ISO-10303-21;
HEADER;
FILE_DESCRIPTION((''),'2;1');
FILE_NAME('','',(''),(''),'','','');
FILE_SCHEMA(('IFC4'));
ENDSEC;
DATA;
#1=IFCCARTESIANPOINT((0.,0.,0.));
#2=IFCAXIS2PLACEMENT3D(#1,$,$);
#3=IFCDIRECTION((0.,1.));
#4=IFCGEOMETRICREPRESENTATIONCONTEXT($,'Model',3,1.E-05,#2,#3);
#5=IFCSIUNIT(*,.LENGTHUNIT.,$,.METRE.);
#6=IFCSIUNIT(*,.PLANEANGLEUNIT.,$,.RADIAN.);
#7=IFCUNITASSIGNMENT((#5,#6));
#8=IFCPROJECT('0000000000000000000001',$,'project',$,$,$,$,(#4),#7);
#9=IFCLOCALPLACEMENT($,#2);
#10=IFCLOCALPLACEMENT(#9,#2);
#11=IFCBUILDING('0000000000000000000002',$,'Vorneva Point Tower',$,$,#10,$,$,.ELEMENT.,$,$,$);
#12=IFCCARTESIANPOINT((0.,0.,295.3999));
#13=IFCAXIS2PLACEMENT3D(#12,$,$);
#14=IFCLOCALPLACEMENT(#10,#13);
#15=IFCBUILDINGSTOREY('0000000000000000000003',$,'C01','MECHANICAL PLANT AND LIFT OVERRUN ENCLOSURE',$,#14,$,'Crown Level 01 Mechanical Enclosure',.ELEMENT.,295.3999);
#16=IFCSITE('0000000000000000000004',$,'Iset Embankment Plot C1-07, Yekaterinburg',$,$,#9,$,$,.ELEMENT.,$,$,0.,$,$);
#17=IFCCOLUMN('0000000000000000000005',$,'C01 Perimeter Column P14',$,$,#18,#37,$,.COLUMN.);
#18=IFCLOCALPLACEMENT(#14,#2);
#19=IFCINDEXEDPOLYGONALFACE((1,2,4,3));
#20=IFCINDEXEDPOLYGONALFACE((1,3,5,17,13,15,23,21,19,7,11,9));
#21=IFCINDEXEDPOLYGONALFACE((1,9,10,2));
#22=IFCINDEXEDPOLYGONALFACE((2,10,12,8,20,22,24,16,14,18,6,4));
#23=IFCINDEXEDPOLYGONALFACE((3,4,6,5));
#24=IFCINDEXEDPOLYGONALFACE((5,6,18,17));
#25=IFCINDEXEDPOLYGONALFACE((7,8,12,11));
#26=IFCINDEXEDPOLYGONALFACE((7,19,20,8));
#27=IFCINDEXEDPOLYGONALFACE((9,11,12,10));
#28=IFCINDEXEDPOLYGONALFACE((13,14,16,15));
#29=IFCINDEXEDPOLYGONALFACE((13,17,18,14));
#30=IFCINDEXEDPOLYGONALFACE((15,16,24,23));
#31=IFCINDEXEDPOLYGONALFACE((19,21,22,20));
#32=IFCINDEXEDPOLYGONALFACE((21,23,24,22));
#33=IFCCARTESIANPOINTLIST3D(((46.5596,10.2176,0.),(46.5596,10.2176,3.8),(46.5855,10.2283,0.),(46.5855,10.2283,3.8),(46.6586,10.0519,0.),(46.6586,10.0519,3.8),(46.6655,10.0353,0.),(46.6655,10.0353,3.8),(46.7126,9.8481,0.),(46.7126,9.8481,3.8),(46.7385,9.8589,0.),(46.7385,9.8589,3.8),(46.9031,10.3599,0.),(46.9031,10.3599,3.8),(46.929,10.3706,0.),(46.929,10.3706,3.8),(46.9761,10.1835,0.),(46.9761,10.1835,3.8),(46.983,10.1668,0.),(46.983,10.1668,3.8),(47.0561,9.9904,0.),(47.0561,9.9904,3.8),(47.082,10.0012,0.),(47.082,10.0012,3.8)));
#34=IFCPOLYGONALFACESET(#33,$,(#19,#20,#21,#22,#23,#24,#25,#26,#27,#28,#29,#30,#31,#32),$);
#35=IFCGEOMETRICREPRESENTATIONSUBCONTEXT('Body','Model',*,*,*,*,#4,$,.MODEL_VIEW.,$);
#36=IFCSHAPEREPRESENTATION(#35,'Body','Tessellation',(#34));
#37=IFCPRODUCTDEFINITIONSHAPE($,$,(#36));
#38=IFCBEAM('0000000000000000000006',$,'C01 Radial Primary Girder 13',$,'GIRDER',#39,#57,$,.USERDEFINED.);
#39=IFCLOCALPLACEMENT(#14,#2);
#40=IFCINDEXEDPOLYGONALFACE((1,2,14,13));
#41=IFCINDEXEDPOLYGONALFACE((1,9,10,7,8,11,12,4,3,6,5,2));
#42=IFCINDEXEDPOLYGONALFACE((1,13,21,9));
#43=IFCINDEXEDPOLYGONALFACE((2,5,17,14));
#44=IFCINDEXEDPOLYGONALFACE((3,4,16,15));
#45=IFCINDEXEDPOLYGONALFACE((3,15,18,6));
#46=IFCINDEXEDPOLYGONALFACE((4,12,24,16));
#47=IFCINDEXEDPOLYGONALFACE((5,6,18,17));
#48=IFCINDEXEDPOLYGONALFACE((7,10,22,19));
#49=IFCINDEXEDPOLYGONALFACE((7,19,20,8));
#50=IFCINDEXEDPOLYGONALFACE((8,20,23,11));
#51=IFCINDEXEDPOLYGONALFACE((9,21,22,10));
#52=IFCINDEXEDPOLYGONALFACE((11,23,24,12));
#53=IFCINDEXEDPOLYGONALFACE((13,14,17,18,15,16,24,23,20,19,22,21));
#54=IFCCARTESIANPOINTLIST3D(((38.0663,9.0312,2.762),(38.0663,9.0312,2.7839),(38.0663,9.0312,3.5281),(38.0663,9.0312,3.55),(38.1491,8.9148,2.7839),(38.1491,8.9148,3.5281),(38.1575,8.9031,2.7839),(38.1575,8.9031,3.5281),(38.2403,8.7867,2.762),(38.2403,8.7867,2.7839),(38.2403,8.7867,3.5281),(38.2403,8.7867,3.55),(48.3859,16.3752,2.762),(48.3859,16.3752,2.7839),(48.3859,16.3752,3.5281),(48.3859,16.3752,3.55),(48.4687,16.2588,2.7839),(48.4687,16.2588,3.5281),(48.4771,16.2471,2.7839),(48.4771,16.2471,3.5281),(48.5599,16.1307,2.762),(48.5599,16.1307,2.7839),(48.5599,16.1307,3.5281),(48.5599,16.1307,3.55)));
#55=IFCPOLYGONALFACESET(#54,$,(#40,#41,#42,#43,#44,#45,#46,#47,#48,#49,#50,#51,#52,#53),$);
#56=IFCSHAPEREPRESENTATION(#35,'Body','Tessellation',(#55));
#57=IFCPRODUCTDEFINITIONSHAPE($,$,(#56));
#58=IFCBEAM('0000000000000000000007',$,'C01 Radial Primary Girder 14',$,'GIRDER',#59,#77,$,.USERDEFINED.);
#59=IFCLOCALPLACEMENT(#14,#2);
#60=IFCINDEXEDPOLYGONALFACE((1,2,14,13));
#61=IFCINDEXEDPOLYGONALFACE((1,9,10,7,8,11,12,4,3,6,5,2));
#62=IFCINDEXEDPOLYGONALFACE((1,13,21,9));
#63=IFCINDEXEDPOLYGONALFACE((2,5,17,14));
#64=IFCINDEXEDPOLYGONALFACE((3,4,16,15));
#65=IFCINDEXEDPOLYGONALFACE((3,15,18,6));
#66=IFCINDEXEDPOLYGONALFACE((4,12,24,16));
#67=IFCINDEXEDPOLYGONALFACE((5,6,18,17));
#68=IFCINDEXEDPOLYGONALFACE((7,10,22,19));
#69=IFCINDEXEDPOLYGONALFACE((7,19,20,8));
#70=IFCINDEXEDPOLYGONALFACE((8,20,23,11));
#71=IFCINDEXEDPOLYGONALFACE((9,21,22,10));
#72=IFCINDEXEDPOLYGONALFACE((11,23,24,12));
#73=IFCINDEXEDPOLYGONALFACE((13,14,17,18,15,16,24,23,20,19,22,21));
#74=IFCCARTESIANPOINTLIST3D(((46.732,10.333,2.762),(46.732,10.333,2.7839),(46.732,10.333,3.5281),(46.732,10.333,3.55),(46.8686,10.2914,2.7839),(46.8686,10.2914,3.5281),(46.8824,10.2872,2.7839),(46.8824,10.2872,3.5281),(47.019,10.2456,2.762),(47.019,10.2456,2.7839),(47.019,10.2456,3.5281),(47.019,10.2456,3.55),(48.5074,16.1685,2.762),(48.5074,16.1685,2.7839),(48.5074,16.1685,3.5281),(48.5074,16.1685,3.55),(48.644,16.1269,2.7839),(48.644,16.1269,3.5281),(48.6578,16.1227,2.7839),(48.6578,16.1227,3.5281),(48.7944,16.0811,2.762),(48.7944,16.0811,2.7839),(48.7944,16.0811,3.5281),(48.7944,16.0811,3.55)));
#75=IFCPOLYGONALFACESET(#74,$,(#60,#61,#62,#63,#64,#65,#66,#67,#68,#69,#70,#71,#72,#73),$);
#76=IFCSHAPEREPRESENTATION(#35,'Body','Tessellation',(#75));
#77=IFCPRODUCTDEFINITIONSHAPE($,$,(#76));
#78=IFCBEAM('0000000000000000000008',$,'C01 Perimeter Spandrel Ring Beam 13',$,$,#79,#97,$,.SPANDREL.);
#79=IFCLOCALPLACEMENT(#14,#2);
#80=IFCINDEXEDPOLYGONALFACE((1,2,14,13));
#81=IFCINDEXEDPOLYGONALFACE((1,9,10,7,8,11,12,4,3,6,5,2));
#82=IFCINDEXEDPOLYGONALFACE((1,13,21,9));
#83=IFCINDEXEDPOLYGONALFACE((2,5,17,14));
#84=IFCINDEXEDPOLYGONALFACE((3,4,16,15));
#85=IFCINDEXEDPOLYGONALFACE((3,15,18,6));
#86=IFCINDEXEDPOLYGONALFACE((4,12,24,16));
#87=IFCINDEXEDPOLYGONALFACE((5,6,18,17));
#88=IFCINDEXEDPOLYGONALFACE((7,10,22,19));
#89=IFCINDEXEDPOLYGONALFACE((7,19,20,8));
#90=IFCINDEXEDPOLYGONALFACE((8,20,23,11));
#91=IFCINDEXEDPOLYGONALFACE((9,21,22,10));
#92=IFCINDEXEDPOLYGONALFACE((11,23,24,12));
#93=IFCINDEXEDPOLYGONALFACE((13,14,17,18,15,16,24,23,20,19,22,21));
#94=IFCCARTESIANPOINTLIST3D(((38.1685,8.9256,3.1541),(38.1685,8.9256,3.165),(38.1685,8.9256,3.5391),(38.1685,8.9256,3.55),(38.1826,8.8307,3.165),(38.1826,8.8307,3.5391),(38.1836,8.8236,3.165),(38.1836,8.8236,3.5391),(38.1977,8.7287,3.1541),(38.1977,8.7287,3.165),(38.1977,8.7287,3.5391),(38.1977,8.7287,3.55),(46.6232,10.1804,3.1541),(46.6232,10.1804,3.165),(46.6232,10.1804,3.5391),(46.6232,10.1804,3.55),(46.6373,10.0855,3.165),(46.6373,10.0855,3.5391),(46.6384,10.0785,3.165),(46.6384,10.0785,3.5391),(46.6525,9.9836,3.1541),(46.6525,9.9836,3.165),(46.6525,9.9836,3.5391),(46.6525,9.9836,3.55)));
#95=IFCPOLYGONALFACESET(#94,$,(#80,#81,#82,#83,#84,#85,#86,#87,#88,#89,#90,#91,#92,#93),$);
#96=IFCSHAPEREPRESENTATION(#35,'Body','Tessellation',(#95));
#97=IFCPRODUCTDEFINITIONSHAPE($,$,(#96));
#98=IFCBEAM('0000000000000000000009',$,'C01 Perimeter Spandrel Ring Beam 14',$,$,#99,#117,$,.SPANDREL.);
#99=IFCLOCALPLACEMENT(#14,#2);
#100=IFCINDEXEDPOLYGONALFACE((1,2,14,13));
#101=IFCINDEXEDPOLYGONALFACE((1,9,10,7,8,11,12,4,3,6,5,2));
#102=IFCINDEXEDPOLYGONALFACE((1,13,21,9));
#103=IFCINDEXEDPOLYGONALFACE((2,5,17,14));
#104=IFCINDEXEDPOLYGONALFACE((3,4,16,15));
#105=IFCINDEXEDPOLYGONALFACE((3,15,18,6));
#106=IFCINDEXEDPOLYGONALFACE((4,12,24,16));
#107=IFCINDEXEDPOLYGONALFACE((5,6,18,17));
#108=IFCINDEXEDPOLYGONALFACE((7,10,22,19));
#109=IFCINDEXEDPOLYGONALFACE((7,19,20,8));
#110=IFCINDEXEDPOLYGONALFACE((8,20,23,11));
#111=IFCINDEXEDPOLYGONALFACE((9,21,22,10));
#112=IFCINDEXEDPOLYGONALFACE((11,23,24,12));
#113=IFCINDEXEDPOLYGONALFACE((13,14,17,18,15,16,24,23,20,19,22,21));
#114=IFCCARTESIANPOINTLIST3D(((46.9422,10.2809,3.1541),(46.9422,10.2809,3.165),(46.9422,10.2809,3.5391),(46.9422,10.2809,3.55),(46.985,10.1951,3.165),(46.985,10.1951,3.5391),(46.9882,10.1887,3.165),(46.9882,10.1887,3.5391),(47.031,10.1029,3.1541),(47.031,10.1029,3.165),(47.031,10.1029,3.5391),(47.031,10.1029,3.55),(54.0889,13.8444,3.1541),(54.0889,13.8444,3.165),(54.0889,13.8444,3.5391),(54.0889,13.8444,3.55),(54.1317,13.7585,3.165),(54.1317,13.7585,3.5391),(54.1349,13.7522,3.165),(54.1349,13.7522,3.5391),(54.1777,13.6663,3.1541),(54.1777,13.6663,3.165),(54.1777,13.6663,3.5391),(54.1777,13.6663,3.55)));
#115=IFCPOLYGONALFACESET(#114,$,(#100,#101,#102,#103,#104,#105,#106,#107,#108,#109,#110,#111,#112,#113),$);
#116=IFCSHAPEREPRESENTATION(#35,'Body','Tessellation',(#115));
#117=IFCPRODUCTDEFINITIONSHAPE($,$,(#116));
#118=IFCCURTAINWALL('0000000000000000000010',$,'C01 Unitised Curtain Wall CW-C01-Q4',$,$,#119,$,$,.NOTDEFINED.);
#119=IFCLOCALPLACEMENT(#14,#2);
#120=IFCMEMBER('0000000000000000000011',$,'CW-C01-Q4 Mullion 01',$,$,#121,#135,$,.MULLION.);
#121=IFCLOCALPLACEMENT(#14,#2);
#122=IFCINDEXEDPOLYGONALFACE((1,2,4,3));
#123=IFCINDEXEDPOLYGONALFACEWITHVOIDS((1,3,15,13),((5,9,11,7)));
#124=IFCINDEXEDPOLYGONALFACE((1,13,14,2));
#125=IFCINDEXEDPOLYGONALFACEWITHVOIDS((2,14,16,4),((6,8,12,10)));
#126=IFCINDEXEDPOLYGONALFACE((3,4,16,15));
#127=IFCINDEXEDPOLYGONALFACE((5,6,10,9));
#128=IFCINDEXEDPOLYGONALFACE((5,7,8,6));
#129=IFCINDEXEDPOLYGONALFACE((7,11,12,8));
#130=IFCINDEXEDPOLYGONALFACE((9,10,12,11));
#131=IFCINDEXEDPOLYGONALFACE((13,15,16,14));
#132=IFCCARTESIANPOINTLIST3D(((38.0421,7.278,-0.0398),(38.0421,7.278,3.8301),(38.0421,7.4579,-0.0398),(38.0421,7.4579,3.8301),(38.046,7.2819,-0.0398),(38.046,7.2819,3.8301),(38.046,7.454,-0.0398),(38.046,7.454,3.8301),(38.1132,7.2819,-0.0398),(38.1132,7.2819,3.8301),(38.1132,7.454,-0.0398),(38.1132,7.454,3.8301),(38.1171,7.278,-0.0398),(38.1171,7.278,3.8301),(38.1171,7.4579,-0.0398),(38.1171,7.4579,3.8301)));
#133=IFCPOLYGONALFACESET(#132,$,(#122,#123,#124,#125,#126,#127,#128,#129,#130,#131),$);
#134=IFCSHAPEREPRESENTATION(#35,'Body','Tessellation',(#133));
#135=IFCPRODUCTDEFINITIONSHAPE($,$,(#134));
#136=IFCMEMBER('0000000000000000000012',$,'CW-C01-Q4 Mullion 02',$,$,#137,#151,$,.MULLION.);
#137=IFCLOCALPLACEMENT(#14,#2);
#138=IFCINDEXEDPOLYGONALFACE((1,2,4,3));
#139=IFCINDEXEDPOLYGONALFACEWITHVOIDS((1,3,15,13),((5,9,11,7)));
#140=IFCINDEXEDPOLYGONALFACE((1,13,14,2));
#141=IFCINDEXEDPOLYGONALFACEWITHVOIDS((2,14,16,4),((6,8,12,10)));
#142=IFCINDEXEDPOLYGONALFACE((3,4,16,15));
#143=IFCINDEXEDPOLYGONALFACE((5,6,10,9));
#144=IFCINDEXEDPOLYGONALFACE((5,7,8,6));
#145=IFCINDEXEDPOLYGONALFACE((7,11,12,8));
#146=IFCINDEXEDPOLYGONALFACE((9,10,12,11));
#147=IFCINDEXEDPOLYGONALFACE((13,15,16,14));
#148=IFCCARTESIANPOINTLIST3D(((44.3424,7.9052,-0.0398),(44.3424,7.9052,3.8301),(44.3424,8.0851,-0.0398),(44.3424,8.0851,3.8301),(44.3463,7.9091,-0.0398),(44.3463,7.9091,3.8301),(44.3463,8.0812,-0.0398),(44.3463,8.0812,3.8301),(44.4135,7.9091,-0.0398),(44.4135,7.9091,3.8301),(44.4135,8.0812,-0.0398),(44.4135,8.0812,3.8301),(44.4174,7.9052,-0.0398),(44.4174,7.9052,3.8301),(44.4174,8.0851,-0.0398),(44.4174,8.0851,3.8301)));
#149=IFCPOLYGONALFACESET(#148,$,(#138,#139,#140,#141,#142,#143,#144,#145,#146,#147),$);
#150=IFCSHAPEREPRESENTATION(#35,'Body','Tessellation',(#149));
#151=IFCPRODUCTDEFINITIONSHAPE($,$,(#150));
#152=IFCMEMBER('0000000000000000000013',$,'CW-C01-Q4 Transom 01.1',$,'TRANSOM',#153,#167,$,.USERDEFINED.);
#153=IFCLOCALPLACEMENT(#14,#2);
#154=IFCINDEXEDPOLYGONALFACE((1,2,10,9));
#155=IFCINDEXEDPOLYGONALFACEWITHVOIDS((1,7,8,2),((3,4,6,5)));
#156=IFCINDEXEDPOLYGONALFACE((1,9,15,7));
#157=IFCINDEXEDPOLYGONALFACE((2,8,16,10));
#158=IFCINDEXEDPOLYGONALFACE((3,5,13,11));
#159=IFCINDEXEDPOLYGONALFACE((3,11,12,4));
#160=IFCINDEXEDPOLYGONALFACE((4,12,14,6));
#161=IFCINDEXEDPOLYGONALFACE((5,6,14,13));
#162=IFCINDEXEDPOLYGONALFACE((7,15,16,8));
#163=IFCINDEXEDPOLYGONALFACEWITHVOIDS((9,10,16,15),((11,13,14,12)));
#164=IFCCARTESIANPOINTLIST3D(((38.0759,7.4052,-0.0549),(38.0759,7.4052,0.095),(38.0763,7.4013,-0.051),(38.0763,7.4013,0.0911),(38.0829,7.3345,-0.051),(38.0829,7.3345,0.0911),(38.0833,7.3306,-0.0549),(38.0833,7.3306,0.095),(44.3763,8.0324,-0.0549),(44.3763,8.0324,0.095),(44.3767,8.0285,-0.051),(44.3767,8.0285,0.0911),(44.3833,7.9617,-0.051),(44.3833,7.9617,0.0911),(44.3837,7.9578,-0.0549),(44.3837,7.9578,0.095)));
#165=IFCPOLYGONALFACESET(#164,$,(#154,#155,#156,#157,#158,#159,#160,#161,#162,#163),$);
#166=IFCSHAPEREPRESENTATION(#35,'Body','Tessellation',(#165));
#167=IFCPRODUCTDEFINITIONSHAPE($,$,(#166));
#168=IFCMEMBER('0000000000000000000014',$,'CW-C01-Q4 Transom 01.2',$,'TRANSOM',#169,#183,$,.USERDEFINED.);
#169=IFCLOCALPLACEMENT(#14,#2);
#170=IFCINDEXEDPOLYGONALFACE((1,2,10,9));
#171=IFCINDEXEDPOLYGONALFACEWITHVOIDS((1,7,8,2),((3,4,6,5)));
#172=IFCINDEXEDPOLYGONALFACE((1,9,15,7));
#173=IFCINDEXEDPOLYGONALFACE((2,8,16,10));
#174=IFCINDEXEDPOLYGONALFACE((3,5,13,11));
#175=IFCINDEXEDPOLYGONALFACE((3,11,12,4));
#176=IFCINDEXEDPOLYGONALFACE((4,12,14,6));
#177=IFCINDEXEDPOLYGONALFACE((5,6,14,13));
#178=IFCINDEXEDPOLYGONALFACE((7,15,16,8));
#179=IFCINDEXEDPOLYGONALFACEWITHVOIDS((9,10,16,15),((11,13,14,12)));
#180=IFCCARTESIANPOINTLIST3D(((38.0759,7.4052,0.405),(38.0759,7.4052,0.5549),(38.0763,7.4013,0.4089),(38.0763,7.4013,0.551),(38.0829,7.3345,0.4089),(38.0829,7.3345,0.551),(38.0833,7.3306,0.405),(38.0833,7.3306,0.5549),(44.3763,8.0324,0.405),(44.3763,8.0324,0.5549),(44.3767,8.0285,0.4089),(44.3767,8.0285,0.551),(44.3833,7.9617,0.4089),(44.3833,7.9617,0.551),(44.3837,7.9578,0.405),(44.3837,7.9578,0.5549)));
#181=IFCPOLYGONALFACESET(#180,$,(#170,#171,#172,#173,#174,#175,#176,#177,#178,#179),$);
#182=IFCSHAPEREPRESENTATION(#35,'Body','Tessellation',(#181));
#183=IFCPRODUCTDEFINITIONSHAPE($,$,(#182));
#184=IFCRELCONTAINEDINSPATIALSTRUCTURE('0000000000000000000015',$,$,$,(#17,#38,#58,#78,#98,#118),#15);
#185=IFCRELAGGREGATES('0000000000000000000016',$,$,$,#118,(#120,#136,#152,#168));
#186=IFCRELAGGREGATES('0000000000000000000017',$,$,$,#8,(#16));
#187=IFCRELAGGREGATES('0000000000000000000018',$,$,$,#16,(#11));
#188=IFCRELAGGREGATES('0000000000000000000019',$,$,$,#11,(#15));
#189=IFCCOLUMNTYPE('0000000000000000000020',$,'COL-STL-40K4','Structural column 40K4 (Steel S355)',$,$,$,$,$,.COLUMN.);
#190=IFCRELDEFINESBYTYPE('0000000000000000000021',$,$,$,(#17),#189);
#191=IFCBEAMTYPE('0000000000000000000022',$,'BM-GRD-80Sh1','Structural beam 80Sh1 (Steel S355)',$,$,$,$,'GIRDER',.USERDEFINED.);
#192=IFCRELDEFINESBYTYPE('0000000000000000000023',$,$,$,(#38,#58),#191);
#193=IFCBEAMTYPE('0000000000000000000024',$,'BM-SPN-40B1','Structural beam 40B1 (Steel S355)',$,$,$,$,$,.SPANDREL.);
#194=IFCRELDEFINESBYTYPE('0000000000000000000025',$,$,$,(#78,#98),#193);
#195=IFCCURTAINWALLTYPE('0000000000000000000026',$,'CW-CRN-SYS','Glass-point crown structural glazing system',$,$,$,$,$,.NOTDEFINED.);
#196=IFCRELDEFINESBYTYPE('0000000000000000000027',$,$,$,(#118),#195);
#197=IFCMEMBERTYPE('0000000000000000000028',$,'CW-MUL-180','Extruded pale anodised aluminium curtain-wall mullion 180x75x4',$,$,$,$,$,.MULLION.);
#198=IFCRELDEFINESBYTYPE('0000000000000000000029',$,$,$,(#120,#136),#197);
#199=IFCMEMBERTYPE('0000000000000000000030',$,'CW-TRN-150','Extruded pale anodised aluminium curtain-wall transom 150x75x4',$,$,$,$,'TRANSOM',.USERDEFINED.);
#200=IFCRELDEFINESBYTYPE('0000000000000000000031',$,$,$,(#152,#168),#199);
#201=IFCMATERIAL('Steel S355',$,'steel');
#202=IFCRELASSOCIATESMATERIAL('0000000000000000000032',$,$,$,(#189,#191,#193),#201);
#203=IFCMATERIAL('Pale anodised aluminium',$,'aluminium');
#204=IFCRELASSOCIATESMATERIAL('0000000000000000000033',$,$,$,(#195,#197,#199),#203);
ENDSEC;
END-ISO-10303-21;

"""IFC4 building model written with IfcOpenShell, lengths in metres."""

from ifc_helpers import new_model, si_unit, direction, frame, origin, origin_2d, place, context, subcontext, project, spatial, hollow_rectangle, i_section, extrude, material, material_profile, profile_set, type_object, element, aggregate, save


model = new_model("IFC4")

# Units and contexts
model_context = context("Model", 3, precision=1e-05, world=origin(), true_north=direction((0.0, 1.0)))
body_context = subcontext(model_context, "Body", "Model", "MODEL_VIEW")
ifc_project = project(units=[si_unit("LENGTHUNIT", "METRE"), si_unit("PLANEANGLEUNIT", "RADIAN")], contexts=[model_context])

# Site, building, storey
site_placement = place(None, origin())
site = spatial("IfcSite", under=ifc_project, at=site_placement, Name="Iset Embankment Plot C1-07, Yekaterinburg", CompositionType="ELEMENT", RefElevation=0.0)
building_placement = place(site_placement, origin())
building = spatial("IfcBuilding", under=site, at=building_placement, Name="Vorneva Point Tower", CompositionType="ELEMENT")
storey_placement = place(building_placement, frame((0.0, 0.0, 295.3999)))
storey = spatial("IfcBuildingStorey", under=building, at=storey_placement, Name="C01", Description="MECHANICAL PLANT AND LIFT OVERRUN ENCLOSURE", LongName="Crown Level 01 Mechanical Enclosure", CompositionType="ELEMENT", Elevation=295.3999)

# Column
ifc_material_1 = material(Name="Steel S355", Category="steel")
ifc_material_profile_1 = material_profile(ifc_material_1, i_section(OverallWidth=0.3999, OverallDepth=0.3999, WebThickness=0.0181, FlangeThickness=0.0281, at=origin_2d()), Name="40K4")
ifc_profile_set_1 = profile_set([ifc_material_profile_1], Name="Steel S355")
column_type = type_object("IfcColumnType", Name="COL-STL-40K4", Description="Structural column 40K4 (Steel S355)", PredefinedType="COLUMN", material=ifc_profile_set_1)
column_placement = place(storey_placement, frame((46.8208, 10.1094, 0.0), z_axis=(0.0, 0.0, 1.0), x_axis=(0.382683, -0.92388, 0.0)))
element("IfcColumn", 1, at=column_placement, inside=storey, type_object=column_type, Name="C01 Perimeter Column P14", PredefinedType="COLUMN", context=body_context, shape_type="SweptSolid", body=[
    extrude(i_section(OverallWidth=0.3999, OverallDepth=0.3999, WebThickness=0.0181, FlangeThickness=0.0281, at=origin_2d()), origin(), (0.0, 0.0, 1.0), 3.8),
])

# Beams
ifc_material_profile_2 = material_profile(ifc_material_1, i_section(OverallWidth=0.3, OverallDepth=0.7881, WebThickness=0.0144, FlangeThickness=0.022, at=origin_2d()), Name="80Sh1")
ifc_profile_set_2 = profile_set([ifc_material_profile_2], Name="Steel S355")
beam_type_1 = type_object("IfcBeamType", Name="BM-GRD-80Sh1", Description="Structural beam 80Sh1 (Steel S355)", ElementType="GIRDER", PredefinedType="USERDEFINED", material=ifc_profile_set_2)
beam_1_placement = place(storey_placement, frame((38.1533, 8.9089, 3.156), z_axis=(0.814745, 0.579819, 0.0), x_axis=(-0.579819, 0.814745, 0.0)))
element("IfcBeam", 2, at=beam_1_placement, inside=storey, type_object=beam_type_1, Name="C01 Radial Primary Girder 13", ObjectType="GIRDER", PredefinedType="USERDEFINED", context=body_context, shape_type="SweptSolid", body=[
    extrude(i_section(OverallWidth=0.3, OverallDepth=0.7881, WebThickness=0.0144, FlangeThickness=0.022, at=origin_2d()), origin(), (0.0, 0.0, 1.0), 12.666),
])
beam_2_placement = place(storey_placement, frame((46.8755, 10.2893, 3.156), z_axis=(0.291069, 0.956702, 0.0), x_axis=(-0.956702, 0.291069, 0.0)))
element("IfcBeam", 3, at=beam_2_placement, inside=storey, type_object=beam_type_1, Name="C01 Radial Primary Girder 14", ObjectType="GIRDER", PredefinedType="USERDEFINED", context=body_context, shape_type="SweptSolid", body=[
    extrude(i_section(OverallWidth=0.3, OverallDepth=0.7881, WebThickness=0.0144, FlangeThickness=0.022, at=origin_2d()), origin(), (0.0, 0.0, 1.0), 6.0996),
])
ifc_material_profile_3 = material_profile(ifc_material_1, i_section(OverallWidth=0.199, OverallDepth=0.396, WebThickness=0.0071, FlangeThickness=0.011, at=origin_2d()), Name="40B1")
ifc_profile_set_3 = profile_set([ifc_material_profile_3], Name="Steel S355")
beam_type_2 = type_object("IfcBeamType", Name="BM-SPN-40B1", Description="Structural beam 40B1 (Steel S355)", PredefinedType="SPANDREL", material=ifc_profile_set_3)
beam_3_placement = place(storey_placement, frame((38.1831, 8.8271, 3.3521), z_axis=(0.989164, 0.146814, 0.0), x_axis=(-0.146814, 0.989164, 0.0)))
element("IfcBeam", 4, at=beam_3_placement, inside=storey, type_object=beam_type_2, Name="C01 Perimeter Spandrel Ring Beam 13", PredefinedType="SPANDREL", context=body_context, shape_type="SweptSolid", body=[
    extrude(i_section(OverallWidth=0.199, OverallDepth=0.396, WebThickness=0.0071, FlangeThickness=0.011, at=origin_2d()), origin(), (0.0, 0.0, 1.0), 8.5474),
])
beam_4_placement = place(storey_placement, frame((46.9866, 10.1919, 3.3521), z_axis=(0.894922, 0.446223, 0.0), x_axis=(-0.446223, 0.894922, 0.0)))
element("IfcBeam", 5, at=beam_4_placement, inside=storey, type_object=beam_type_2, Name="C01 Perimeter Spandrel Ring Beam 14", PredefinedType="SPANDREL", context=body_context, shape_type="SweptSolid", body=[
    extrude(i_section(OverallWidth=0.199, OverallDepth=0.396, WebThickness=0.0071, FlangeThickness=0.011, at=origin_2d()), origin(), (0.0, 0.0, 1.0), 7.9858),
])

# Curtain wall, members
ifc_material_2 = material(Name="Pale anodised aluminium", Category="aluminium")
curtain_wall_type = type_object("IfcCurtainWallType", Name="CW-CRN-SYS", Description="Glass-point crown structural glazing system", PredefinedType="NOTDEFINED", material=ifc_material_2)
curtain_wall_placement = place(storey_placement, origin())
curtain_wall = element("IfcCurtainWall", 6, at=curtain_wall_placement, inside=storey, type_object=curtain_wall_type, Name="C01 Unitised Curtain Wall CW-C01-Q4", PredefinedType="NOTDEFINED")
ifc_material_profile_4 = material_profile(ifc_material_2, hollow_rectangle(XDim=0.075, YDim=0.1799, WallThickness=0.0039, at=origin_2d()), Name="AL-MUL 180x75x4")
ifc_profile_set_4 = profile_set([ifc_material_profile_4], Name="Pale anodised aluminium")
member_type_1 = type_object("IfcMemberType", Name="CW-MUL-180", Description="Extruded pale anodised aluminium curtain-wall mullion 180x75x4", PredefinedType="MULLION", material=ifc_profile_set_4)
member_1_placement = place(storey_placement, frame((38.0796, 7.3679, -0.0398), z_axis=(0.0, 0.0, 1.0), x_axis=(1.0, 0.0, 0.0)))
member_1 = element("IfcMember", 7, at=member_1_placement, type_object=member_type_1, Name="CW-C01-Q4 Mullion 01", PredefinedType="MULLION", context=body_context, shape_type="SweptSolid", body=[
    extrude(hollow_rectangle(XDim=0.075, YDim=0.1799, WallThickness=0.0039, at=origin_2d()), origin(), (0.0, 0.0, 1.0), 3.8699),
])
member_2_placement = place(storey_placement, frame((44.3799, 7.9951, -0.0398), z_axis=(0.0, 0.0, 1.0), x_axis=(1.0, 0.0, 0.0)))
member_2 = element("IfcMember", 8, at=member_2_placement, type_object=member_type_1, Name="CW-C01-Q4 Mullion 02", PredefinedType="MULLION", context=body_context, shape_type="SweptSolid", body=[
    extrude(hollow_rectangle(XDim=0.075, YDim=0.1799, WallThickness=0.0039, at=origin_2d()), origin(), (0.0, 0.0, 1.0), 3.8699),
])
ifc_material_profile_5 = material_profile(ifc_material_2, hollow_rectangle(XDim=0.075, YDim=0.1499, WallThickness=0.0039, at=origin_2d()), Name="AL-TRN 150x75x4")
ifc_profile_set_5 = profile_set([ifc_material_profile_5], Name="Pale anodised aluminium")
member_type_2 = type_object("IfcMemberType", Name="CW-TRN-150", Description="Extruded pale anodised aluminium curtain-wall transom 150x75x4", ElementType="TRANSOM", PredefinedType="USERDEFINED", material=ifc_profile_set_5)
member_3_placement = place(storey_placement, frame((38.0796, 7.3679, 0.02), z_axis=(0.995081, 0.099061, 0.0), x_axis=(-0.099061, 0.995081, 0.0)))
member_3 = element("IfcMember", 9, at=member_3_placement, type_object=member_type_2, Name="CW-C01-Q4 Transom 01.1", ObjectType="TRANSOM", PredefinedType="USERDEFINED", context=body_context, shape_type="SweptSolid", body=[
    extrude(hollow_rectangle(XDim=0.075, YDim=0.1499, WallThickness=0.0039, at=origin_2d()), origin(), (0.0, 0.0, 1.0), 6.3315),
])
member_4_placement = place(storey_placement, frame((38.0796, 7.3679, 0.48), z_axis=(0.995081, 0.099061, 0.0), x_axis=(-0.099061, 0.995081, 0.0)))
member_4 = element("IfcMember", 10, at=member_4_placement, type_object=member_type_2, Name="CW-C01-Q4 Transom 01.2", ObjectType="TRANSOM", PredefinedType="USERDEFINED", context=body_context, shape_type="SweptSolid", body=[
    extrude(hollow_rectangle(XDim=0.075, YDim=0.1499, WallThickness=0.0039, at=origin_2d()), origin(), (0.0, 0.0, 1.0), 6.3315),
])

aggregate(curtain_wall, [member_1, member_2, member_3, member_4])

save(model, "model.ifc")
